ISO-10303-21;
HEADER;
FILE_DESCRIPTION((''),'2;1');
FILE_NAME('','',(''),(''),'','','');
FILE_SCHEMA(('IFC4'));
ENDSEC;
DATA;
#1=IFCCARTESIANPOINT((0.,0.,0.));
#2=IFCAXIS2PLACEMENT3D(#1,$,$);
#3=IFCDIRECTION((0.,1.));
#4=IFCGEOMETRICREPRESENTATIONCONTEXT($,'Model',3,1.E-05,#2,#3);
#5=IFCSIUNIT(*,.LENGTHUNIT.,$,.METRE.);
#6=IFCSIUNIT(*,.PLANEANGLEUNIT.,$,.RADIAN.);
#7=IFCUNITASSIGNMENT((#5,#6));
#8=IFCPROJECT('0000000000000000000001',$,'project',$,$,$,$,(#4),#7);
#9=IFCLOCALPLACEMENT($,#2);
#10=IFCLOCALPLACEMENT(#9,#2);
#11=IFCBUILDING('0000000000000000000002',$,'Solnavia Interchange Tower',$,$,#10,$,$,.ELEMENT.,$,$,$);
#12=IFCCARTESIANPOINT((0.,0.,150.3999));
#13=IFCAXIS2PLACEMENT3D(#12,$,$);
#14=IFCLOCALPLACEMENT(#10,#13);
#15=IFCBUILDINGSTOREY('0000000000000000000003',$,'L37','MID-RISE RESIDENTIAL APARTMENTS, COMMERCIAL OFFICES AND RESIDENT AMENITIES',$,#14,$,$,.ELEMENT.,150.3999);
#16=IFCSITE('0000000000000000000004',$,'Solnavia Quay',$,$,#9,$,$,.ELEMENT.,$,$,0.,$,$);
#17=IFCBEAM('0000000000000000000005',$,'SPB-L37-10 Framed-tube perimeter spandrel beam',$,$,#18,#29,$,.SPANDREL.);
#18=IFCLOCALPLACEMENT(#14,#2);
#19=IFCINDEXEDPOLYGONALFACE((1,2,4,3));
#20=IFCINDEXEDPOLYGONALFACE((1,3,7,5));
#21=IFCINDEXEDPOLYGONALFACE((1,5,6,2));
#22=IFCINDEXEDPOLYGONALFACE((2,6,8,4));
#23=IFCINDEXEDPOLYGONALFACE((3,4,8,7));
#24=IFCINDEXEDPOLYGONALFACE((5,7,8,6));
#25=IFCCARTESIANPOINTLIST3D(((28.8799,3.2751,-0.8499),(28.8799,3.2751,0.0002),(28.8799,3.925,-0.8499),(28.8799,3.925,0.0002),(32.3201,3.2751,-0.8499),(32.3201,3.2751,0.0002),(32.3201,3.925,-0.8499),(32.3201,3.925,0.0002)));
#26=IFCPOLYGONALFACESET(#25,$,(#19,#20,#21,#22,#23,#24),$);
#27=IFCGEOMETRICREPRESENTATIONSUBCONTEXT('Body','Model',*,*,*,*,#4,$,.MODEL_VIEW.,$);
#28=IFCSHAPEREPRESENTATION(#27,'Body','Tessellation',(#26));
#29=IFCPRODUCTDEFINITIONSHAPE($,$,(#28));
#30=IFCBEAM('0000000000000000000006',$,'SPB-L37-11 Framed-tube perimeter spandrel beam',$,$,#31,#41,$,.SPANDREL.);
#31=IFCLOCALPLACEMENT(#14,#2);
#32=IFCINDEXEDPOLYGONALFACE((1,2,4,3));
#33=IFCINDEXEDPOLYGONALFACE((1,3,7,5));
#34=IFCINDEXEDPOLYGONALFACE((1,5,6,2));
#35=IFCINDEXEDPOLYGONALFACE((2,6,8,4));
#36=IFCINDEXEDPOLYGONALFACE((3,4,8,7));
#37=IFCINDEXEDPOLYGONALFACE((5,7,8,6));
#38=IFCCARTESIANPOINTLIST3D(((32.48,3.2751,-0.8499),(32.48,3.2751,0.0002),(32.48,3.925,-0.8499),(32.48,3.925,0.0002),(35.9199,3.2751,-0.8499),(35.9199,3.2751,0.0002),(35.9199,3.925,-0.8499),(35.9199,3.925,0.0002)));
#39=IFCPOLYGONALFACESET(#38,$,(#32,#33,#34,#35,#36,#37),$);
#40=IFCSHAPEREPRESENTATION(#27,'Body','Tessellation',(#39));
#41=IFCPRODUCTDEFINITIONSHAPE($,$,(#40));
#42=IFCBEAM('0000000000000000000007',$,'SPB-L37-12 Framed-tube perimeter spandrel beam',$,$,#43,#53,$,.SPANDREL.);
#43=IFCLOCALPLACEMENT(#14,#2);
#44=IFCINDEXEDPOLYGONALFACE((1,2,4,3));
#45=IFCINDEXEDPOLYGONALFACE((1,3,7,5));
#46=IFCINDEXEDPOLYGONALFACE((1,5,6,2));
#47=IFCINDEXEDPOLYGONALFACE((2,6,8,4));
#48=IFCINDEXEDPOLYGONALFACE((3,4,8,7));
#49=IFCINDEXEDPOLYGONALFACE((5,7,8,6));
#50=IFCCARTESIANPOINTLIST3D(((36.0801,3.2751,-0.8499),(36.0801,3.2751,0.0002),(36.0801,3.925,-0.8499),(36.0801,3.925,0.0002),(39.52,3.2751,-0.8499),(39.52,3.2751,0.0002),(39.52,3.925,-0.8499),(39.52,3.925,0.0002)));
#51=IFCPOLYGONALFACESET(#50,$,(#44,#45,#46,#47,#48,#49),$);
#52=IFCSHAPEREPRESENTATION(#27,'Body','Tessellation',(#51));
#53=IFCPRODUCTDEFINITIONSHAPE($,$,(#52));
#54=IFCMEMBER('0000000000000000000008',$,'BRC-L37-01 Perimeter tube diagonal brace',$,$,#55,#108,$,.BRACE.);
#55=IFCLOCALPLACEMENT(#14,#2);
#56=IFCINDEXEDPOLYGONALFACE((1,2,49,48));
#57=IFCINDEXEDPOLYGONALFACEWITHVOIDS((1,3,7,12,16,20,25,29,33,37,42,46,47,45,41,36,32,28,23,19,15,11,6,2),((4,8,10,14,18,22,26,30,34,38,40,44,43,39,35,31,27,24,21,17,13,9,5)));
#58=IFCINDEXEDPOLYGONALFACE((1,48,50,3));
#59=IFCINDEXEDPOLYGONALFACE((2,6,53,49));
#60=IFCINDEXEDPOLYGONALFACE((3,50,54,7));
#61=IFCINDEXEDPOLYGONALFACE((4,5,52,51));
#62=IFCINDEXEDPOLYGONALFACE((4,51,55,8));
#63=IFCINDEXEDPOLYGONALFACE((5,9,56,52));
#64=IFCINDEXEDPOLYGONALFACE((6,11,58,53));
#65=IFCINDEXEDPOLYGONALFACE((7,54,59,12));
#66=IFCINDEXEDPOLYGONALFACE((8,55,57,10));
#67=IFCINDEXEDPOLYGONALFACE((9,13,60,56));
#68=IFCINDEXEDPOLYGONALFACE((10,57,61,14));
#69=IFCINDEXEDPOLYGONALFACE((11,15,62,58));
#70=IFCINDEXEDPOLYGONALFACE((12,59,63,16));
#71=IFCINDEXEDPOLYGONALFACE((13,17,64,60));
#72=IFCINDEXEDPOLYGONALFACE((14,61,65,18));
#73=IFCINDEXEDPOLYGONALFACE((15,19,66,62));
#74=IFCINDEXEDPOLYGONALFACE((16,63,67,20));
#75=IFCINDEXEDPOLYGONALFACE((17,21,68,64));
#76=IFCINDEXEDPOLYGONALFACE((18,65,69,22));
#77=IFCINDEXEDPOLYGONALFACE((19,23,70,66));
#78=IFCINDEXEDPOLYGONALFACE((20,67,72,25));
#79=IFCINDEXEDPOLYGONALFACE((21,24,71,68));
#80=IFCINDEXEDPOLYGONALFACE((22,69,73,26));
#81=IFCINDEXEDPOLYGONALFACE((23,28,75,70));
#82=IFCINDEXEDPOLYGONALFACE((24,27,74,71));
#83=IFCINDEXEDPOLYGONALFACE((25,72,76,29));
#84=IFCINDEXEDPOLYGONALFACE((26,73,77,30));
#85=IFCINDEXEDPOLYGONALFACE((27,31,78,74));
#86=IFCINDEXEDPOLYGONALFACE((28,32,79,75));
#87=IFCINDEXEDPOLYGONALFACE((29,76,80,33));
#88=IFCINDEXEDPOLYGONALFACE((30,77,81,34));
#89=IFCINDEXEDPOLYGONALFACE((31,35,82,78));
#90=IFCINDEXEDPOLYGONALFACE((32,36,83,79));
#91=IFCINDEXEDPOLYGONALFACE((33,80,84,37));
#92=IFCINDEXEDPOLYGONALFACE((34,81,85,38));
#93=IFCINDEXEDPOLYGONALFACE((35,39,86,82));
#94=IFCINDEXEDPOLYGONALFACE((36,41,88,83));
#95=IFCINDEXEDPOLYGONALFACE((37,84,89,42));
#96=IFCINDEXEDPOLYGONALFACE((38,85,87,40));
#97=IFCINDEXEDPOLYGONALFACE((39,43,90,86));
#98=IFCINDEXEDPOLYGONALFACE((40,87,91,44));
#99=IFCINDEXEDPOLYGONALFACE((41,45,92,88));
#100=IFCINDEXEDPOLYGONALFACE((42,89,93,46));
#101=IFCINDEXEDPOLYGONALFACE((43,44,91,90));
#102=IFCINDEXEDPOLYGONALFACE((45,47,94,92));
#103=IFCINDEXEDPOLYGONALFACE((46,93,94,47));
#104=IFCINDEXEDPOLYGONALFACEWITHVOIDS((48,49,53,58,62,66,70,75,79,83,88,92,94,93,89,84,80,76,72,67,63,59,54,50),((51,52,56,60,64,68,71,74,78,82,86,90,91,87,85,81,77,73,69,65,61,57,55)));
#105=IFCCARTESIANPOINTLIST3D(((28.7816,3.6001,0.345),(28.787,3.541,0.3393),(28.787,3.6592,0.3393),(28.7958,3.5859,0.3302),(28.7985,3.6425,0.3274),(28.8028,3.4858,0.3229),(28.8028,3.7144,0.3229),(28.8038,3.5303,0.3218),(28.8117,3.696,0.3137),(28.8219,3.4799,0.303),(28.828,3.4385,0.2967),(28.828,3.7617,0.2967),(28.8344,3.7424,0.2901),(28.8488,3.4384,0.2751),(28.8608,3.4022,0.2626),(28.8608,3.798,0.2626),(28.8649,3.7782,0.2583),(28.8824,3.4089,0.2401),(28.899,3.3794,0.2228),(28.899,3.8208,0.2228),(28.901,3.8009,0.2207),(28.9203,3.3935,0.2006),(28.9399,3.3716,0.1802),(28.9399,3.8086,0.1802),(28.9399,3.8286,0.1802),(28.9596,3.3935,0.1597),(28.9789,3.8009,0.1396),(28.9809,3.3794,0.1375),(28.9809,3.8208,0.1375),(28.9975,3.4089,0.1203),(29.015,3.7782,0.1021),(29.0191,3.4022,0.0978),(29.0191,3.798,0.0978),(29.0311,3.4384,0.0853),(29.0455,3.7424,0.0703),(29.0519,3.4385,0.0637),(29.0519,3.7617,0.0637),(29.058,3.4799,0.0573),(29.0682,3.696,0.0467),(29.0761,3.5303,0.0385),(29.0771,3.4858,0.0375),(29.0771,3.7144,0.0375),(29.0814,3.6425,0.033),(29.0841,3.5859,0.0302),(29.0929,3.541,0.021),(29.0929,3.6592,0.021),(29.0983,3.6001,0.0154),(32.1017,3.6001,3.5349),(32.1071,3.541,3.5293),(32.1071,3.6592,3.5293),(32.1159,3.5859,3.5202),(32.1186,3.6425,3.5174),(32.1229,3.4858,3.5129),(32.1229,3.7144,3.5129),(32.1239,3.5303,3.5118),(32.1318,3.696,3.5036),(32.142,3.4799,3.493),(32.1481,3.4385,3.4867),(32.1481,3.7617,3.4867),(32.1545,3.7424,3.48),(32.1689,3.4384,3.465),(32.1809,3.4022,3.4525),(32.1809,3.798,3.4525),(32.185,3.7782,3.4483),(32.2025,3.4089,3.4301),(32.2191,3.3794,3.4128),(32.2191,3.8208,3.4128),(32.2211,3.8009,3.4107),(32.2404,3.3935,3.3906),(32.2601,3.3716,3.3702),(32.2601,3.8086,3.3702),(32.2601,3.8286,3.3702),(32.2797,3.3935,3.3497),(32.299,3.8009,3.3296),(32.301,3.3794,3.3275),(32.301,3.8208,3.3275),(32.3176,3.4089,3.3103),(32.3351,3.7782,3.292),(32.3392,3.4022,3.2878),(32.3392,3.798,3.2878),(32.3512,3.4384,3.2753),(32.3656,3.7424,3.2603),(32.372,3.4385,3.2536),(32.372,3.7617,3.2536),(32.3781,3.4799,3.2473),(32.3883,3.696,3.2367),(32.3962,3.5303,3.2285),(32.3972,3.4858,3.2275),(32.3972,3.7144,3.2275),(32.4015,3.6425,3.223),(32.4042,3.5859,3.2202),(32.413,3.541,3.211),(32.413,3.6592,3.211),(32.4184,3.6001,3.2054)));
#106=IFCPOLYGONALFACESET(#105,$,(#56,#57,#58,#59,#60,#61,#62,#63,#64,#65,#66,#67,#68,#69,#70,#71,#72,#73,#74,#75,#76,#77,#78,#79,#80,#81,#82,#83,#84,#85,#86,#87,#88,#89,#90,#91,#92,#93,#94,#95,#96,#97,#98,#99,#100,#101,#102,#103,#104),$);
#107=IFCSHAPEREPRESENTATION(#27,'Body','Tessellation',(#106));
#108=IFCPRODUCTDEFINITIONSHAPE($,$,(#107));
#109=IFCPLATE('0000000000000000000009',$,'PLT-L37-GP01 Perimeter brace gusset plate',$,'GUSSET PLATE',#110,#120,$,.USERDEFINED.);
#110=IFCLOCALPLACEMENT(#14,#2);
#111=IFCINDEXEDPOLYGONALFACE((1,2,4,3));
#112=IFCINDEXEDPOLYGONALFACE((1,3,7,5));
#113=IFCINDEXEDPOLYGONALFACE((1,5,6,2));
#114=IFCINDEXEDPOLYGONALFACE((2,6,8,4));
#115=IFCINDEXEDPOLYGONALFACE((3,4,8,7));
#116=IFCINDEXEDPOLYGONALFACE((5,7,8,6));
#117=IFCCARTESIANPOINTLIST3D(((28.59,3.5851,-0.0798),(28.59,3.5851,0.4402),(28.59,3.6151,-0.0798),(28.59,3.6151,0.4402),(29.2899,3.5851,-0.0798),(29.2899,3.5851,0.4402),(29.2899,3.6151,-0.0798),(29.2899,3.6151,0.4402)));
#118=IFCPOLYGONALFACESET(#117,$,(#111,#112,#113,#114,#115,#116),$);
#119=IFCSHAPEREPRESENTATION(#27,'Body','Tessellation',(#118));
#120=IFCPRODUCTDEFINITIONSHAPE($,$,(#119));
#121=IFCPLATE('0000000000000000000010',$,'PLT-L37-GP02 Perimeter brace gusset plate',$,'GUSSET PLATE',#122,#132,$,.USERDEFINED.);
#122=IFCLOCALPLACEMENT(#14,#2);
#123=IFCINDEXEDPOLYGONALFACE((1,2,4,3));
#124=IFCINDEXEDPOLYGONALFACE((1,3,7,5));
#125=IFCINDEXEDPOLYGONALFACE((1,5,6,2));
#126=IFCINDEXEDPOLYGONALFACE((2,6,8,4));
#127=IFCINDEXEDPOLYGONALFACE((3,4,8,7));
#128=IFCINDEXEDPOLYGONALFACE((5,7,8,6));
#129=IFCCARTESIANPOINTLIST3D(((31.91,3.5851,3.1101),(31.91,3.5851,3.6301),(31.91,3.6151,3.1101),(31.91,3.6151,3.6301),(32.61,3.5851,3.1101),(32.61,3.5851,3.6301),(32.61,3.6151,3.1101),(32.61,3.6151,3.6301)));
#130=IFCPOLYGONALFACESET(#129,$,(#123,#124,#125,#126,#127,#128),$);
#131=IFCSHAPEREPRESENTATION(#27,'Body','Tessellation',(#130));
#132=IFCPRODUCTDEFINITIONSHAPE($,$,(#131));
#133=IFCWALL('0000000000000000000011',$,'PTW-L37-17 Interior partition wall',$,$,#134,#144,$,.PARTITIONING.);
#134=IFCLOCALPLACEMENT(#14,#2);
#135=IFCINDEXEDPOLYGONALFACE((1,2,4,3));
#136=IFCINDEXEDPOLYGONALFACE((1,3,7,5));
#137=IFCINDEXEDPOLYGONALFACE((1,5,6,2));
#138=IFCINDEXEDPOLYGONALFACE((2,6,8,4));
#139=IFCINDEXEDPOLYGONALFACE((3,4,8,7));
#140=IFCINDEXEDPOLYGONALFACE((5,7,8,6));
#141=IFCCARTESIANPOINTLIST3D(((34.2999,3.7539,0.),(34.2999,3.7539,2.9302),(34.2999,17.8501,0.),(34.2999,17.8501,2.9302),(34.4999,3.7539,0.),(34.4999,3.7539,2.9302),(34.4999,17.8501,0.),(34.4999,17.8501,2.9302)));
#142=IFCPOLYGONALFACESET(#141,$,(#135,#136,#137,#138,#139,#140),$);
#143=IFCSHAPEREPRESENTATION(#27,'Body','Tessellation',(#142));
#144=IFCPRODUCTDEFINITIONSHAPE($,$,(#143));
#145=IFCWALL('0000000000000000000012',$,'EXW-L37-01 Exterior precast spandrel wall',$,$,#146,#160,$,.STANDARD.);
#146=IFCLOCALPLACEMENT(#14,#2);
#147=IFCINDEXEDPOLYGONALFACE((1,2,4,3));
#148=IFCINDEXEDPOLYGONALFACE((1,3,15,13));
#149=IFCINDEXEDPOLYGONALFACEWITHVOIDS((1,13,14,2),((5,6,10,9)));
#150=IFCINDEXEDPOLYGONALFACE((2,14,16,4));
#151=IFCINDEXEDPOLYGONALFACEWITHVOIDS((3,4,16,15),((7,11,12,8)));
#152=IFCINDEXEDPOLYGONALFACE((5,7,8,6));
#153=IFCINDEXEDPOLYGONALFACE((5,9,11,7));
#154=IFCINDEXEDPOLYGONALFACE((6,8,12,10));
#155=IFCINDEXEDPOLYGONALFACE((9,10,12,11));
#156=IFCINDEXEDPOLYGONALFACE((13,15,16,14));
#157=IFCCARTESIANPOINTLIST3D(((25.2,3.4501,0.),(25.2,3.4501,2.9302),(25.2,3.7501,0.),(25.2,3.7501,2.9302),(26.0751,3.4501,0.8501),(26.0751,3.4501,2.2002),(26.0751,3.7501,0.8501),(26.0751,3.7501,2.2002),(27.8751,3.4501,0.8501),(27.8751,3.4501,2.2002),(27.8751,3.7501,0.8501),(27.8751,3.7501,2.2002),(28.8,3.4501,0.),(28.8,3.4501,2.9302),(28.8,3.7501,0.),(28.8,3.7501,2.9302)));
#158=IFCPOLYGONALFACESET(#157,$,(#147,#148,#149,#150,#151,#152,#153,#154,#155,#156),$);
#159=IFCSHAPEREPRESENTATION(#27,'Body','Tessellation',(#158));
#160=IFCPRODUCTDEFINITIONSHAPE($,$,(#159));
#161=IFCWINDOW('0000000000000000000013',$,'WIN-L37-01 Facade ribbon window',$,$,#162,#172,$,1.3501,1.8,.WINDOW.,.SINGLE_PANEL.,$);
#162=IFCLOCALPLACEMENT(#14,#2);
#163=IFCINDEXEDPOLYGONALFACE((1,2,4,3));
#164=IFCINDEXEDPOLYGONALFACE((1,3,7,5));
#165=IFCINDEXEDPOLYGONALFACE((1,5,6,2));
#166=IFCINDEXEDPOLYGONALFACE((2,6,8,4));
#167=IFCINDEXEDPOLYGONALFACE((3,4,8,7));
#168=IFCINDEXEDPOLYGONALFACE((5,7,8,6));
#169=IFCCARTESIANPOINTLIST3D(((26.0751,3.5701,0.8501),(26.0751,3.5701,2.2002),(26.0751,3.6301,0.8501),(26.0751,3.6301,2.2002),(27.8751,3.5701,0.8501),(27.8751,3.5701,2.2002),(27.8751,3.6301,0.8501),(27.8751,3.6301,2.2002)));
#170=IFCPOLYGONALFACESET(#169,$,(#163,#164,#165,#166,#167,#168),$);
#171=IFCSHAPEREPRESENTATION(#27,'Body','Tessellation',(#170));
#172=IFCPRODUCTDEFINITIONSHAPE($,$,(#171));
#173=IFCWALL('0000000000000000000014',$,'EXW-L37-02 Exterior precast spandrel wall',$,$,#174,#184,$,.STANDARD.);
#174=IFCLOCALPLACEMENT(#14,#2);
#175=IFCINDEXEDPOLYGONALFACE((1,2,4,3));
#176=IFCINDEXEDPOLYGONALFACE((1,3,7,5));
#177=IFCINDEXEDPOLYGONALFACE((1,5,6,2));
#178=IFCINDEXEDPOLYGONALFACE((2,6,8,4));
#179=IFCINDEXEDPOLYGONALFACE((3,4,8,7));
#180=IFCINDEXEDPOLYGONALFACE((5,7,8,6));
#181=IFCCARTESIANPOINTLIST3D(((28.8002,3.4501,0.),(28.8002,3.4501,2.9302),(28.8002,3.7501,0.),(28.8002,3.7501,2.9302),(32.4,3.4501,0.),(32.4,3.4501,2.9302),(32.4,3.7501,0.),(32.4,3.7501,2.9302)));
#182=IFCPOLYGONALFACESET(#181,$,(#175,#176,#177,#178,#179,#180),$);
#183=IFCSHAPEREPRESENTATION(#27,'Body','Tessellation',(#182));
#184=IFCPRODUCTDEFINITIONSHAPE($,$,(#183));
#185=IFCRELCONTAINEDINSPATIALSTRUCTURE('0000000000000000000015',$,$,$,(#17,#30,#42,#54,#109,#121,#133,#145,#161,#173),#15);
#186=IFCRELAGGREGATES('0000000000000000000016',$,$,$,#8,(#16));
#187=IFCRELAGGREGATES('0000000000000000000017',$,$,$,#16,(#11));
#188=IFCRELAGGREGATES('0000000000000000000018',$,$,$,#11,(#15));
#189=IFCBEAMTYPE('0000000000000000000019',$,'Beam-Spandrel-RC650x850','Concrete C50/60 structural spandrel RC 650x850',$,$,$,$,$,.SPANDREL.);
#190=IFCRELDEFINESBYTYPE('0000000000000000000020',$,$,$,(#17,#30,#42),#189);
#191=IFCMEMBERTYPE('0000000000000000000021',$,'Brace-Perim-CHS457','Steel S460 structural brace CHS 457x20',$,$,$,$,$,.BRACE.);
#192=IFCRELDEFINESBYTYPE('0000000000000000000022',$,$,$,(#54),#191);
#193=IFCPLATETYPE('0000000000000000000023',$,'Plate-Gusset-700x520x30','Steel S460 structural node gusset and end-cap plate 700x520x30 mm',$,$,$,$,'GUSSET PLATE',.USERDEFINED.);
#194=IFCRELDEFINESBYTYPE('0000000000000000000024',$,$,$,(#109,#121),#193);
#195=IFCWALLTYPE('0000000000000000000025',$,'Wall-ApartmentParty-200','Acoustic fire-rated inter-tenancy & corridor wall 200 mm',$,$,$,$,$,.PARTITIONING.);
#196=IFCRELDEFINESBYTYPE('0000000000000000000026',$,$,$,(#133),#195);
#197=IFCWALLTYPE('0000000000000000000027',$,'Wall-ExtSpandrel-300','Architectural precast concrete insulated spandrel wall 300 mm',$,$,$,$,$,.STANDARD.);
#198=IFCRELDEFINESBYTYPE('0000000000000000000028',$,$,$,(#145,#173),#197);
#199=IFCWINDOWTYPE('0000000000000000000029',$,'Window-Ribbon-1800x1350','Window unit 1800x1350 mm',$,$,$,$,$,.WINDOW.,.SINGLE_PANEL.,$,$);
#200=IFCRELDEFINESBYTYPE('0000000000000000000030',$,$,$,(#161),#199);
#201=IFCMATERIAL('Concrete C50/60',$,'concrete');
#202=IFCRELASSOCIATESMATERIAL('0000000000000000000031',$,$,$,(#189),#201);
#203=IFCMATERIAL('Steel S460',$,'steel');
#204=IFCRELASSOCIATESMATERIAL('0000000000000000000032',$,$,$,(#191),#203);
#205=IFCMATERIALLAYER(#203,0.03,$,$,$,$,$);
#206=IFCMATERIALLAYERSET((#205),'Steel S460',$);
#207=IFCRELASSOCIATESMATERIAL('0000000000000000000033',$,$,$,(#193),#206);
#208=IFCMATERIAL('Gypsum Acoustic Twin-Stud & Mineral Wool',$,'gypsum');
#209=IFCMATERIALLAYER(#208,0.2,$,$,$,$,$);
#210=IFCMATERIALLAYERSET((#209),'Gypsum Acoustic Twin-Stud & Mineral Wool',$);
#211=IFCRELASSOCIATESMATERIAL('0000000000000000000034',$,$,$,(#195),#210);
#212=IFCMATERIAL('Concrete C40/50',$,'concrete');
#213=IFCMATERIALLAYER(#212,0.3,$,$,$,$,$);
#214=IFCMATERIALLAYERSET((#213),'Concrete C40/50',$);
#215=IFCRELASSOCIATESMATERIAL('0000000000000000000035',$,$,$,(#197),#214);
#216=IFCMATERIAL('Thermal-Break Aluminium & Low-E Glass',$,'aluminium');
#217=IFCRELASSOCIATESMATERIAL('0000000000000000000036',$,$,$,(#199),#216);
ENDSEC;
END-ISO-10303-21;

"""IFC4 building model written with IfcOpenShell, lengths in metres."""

from ifc_helpers import new_model, si_unit, direction, frame, frame_2d, origin, origin_2d, place, context, subcontext, project, spatial, rectangle, hollow_circle, extrude, material, layer, layer_set, material_profile, profile_set, type_object, element, fill, save


model = new_model("IFC4")

# Units and contexts
model_context = context("Model", 3, precision=1e-05, world=origin(), true_north=direction((0.0, 1.0)))
body_context = subcontext(model_context, "Body", "Model", "MODEL_VIEW")
ifc_project = project(units=[si_unit("LENGTHUNIT", "METRE"), si_unit("PLANEANGLEUNIT", "RADIAN")], contexts=[model_context])

# Site, building, storey
site_placement = place(None, origin())
site = spatial("IfcSite", under=ifc_project, at=site_placement, Name="Solnavia Quay", CompositionType="ELEMENT", RefElevation=0.0)
building_placement = place(site_placement, origin())
building = spatial("IfcBuilding", under=site, at=building_placement, Name="Solnavia Interchange Tower", CompositionType="ELEMENT")
storey_placement = place(building_placement, frame((0.0, 0.0, 150.3999)))
storey = spatial("IfcBuildingStorey", under=building, at=storey_placement, Name="L37", Description="MID-RISE RESIDENTIAL APARTMENTS, COMMERCIAL OFFICES AND RESIDENT AMENITIES", CompositionType="ELEMENT", Elevation=150.3999)

# Shared definitions
ifc_material_1 = material(Name="Concrete C50/60", Category="concrete")

# Beams
ifc_material_profile_1 = material_profile(ifc_material_1, rectangle(XDim=0.6499, YDim=0.8501, at=origin_2d()), Name="RC 650x850")
ifc_profile_set_1 = profile_set([ifc_material_profile_1], Name="Concrete C50/60")
beam_type_1 = type_object("IfcBeamType", Name="Beam-Spandrel-RC650x850", Description="Concrete C50/60 structural spandrel RC 650x850", PredefinedType="SPANDREL", material=ifc_profile_set_1)
beam_1_placement = place(storey_placement, frame((28.8799, 3.6001, -0.4248), z_axis=(1.0, 0.0, 0.0), x_axis=(0.0, 1.0, 0.0)))
element("IfcBeam", 1, at=beam_1_placement, inside=storey, type_object=beam_type_1, Name="SPB-L37-10 Framed-tube perimeter spandrel beam", PredefinedType="SPANDREL", context=body_context, shape_type="SweptSolid", body=[
    extrude(rectangle(XDim=0.6499, YDim=0.8501, at=origin_2d()), origin(), (0.0, 0.0, 1.0), 3.4402),
])
for number, where, z_axis, x_axis, name in (
    (2, (32.48, 3.6001, -0.4248), (1.0, 0.0, 0.0), (0.0, 1.0, 0.0), "SPB-L37-11 Framed-tube perimeter spandrel beam"),
    (3, (36.0801, 3.6001, -0.4248), (1.0, 0.0, 0.0), (0.0, 1.0, 0.0), "SPB-L37-12 Framed-tube perimeter spandrel beam"),
):
    element("IfcBeam", number, at=place(storey_placement, frame(where, z_axis=z_axis, x_axis=x_axis)), inside=storey, type_object=beam_type_1, Name=name, PredefinedType="SPANDREL", context=body_context, shape_type="SweptSolid", body=[
        extrude(rectangle(XDim=0.6499, YDim=0.8501, at=origin_2d()), origin(), (0.0, 0.0, 1.0), 3.4399),
    ])

# Member
ifc_material_2 = material(Name="Steel S460", Category="steel")
ifc_material_profile_2 = material_profile(ifc_material_2, hollow_circle(Radius=0.2285, WallThickness=0.02, at=origin_2d()), Name="CHS 457x20")
ifc_profile_set_2 = profile_set([ifc_material_profile_2], Name="Steel S460")
member_type = type_object("IfcMemberType", Name="Brace-Perim-CHS457", Description="Steel S460 structural brace CHS 457x20", PredefinedType="BRACE", material=ifc_profile_set_2)
member_placement = place(storey_placement, frame((28.9399, 3.6001, 0.1802), z_axis=(0.721097, 0.0, 0.692834), x_axis=(0.0, 1.0, 0.0)))
element("IfcMember", 4, at=member_placement, inside=storey, type_object=member_type, Name="BRC-L37-01 Perimeter tube diagonal brace", PredefinedType="BRACE", context=body_context, shape_type="SweptSolid", body=[
    extrude(hollow_circle(Radius=0.2285, WallThickness=0.02, at=origin_2d()), origin(), (0.0, 0.0, 1.0), 4.6042),
])

# Plates
ifc_layer_1 = layer(ifc_material_2, 0.03)
ifc_layer_set_1 = layer_set([ifc_layer_1], Name="Steel S460")
plate_type = type_object("IfcPlateType", Name="Plate-Gusset-700x520x30", Description="Steel S460 structural node gusset and end-cap plate 700x520x30 mm", ElementType="GUSSET PLATE", PredefinedType="USERDEFINED", material=ifc_layer_set_1)
for number, where, z_axis, x_axis, name in (
    (5, (28.9399, 3.6001, -0.0798), (0.0, 0.0, 1.0), (1.0, 0.0, 0.0), "PLT-L37-GP01 Perimeter brace gusset plate"),
    (6, (32.26, 3.6001, 3.1101), (0.0, 0.0, 1.0), (1.0, 0.0, 0.0), "PLT-L37-GP02 Perimeter brace gusset plate"),
):
    element("IfcPlate", number, at=place(storey_placement, frame(where, z_axis=z_axis, x_axis=x_axis)), inside=storey, type_object=plate_type, Name=name, ObjectType="GUSSET PLATE", PredefinedType="USERDEFINED", context=body_context, shape_type="SweptSolid", body=[
        extrude(rectangle(XDim=0.7, YDim=0.03, at=origin_2d()), origin(), (0.0, 0.0, 1.0), 0.52),
    ])

# Wall
ifc_material_3 = material(Name="Gypsum Acoustic Twin-Stud & Mineral Wool", Category="gypsum")
ifc_layer_2 = layer(ifc_material_3, 0.2)
ifc_layer_set_2 = layer_set([ifc_layer_2], Name="Gypsum Acoustic Twin-Stud & Mineral Wool")
wall_type_1 = type_object("IfcWallType", Name="Wall-ApartmentParty-200", Description="Acoustic fire-rated inter-tenancy & corridor wall 200 mm", PredefinedType="PARTITIONING", material=ifc_layer_set_2)
wall_1_placement = place(storey_placement, frame((34.3999, 3.7539, 0.0), z_axis=(0.0, 0.0, 1.0), x_axis=(0.0, 1.0, 0.0)))
element("IfcWall", 7, at=wall_1_placement, inside=storey, type_object=wall_type_1, Name="PTW-L37-17 Interior partition wall", PredefinedType="PARTITIONING", context=body_context, shape_type="SweptSolid", body=[
    extrude(rectangle(XDim=14.0962, YDim=0.2, at=frame_2d((7.0481, 0.0))), origin(), (0.0, 0.0, 1.0), 2.9302),
])

# Wall, opening, window
ifc_material_4 = material(Name="Concrete C40/50", Category="concrete")
ifc_layer_3 = layer(ifc_material_4, 0.3)
ifc_layer_set_3 = layer_set([ifc_layer_3], Name="Concrete C40/50")
wall_type_2 = type_object("IfcWallType", Name="Wall-ExtSpandrel-300", Description="Architectural precast concrete insulated spandrel wall 300 mm", PredefinedType="STANDARD", material=ifc_layer_set_3)
wall_2_placement = place(storey_placement, frame((28.8, 3.6001, 0.0), z_axis=(0.0, 0.0, 1.0), x_axis=(-1.0, 0.0, 0.0)))
wall_2 = element("IfcWall", 8, at=wall_2_placement, inside=storey, type_object=wall_type_2, Name="EXW-L37-01 Exterior precast spandrel wall", PredefinedType="STANDARD", context=body_context, shape_type="SweptSolid", body=[
    extrude(rectangle(XDim=3.6001, YDim=0.3, at=frame_2d((1.8, 0.0))), origin(), (0.0, 0.0, 1.0), 2.9302),
])
opening_1_placement = place(wall_2_placement, frame((0.925, 0.0, 0.8501)))
opening_1 = element("IfcOpeningElement", 9, at=opening_1_placement, cuts=wall_2, PredefinedType="OPENING", context=body_context, shape_type="SweptSolid", body=[
    extrude(rectangle(XDim=1.8, YDim=1.3501, at=frame_2d((0.8999, 0.675))), frame((0.0, 0.1602, 0.0), z_axis=(0.0, -1.0, 0.0), x_axis=(1.0, 0.0, 0.0)), (0.0, 0.0, 1.0), 0.3201),
])
ifc_material_5 = material(Name="Thermal-Break Aluminium & Low-E Glass", Category="aluminium")
window_type_1 = type_object("IfcWindowType", Name="Window-Ribbon-1800x1350", Description="Window unit 1800x1350 mm", PartitioningType="SINGLE_PANEL", PredefinedType="WINDOW", material=ifc_material_5)
window_1_placement = place(opening_1_placement, origin())
window_1 = element("IfcWindow", 10, at=window_1_placement, inside=storey, type_object=window_type_1, Name="WIN-L37-01 Facade ribbon window", OverallHeight=1.3501, OverallWidth=1.8, PartitioningType="SINGLE_PANEL", PredefinedType="WINDOW", context=body_context, shape_type="SweptSolid", body=[
    extrude(rectangle(XDim=1.8, YDim=1.3501, at=frame_2d((0.8999, 0.675))), frame((0.0, 0.03, 0.0), z_axis=(0.0, -1.0, 0.0), x_axis=(1.0, 0.0, 0.0)), (0.0, 0.0, 1.0), 0.0601),
])
fill(opening_1, window_1)

# Wall
wall_3_placement = place(storey_placement, frame((32.3999, 3.6001, 0.0), z_axis=(0.0, 0.0, 1.0), x_axis=(-1.0, 0.0, 0.0)))
element("IfcWall", 11, at=wall_3_placement, inside=storey, type_object=wall_type_2, Name="EXW-L37-02 Exterior precast spandrel wall", PredefinedType="STANDARD", context=body_context, shape_type="SweptSolid", body=[
    extrude(rectangle(XDim=3.5999, YDim=0.3, at=frame_2d((1.7998, 0.0))), origin(), (0.0, 0.0, 1.0), 2.9302),
])

save(model, "model.ifc")
